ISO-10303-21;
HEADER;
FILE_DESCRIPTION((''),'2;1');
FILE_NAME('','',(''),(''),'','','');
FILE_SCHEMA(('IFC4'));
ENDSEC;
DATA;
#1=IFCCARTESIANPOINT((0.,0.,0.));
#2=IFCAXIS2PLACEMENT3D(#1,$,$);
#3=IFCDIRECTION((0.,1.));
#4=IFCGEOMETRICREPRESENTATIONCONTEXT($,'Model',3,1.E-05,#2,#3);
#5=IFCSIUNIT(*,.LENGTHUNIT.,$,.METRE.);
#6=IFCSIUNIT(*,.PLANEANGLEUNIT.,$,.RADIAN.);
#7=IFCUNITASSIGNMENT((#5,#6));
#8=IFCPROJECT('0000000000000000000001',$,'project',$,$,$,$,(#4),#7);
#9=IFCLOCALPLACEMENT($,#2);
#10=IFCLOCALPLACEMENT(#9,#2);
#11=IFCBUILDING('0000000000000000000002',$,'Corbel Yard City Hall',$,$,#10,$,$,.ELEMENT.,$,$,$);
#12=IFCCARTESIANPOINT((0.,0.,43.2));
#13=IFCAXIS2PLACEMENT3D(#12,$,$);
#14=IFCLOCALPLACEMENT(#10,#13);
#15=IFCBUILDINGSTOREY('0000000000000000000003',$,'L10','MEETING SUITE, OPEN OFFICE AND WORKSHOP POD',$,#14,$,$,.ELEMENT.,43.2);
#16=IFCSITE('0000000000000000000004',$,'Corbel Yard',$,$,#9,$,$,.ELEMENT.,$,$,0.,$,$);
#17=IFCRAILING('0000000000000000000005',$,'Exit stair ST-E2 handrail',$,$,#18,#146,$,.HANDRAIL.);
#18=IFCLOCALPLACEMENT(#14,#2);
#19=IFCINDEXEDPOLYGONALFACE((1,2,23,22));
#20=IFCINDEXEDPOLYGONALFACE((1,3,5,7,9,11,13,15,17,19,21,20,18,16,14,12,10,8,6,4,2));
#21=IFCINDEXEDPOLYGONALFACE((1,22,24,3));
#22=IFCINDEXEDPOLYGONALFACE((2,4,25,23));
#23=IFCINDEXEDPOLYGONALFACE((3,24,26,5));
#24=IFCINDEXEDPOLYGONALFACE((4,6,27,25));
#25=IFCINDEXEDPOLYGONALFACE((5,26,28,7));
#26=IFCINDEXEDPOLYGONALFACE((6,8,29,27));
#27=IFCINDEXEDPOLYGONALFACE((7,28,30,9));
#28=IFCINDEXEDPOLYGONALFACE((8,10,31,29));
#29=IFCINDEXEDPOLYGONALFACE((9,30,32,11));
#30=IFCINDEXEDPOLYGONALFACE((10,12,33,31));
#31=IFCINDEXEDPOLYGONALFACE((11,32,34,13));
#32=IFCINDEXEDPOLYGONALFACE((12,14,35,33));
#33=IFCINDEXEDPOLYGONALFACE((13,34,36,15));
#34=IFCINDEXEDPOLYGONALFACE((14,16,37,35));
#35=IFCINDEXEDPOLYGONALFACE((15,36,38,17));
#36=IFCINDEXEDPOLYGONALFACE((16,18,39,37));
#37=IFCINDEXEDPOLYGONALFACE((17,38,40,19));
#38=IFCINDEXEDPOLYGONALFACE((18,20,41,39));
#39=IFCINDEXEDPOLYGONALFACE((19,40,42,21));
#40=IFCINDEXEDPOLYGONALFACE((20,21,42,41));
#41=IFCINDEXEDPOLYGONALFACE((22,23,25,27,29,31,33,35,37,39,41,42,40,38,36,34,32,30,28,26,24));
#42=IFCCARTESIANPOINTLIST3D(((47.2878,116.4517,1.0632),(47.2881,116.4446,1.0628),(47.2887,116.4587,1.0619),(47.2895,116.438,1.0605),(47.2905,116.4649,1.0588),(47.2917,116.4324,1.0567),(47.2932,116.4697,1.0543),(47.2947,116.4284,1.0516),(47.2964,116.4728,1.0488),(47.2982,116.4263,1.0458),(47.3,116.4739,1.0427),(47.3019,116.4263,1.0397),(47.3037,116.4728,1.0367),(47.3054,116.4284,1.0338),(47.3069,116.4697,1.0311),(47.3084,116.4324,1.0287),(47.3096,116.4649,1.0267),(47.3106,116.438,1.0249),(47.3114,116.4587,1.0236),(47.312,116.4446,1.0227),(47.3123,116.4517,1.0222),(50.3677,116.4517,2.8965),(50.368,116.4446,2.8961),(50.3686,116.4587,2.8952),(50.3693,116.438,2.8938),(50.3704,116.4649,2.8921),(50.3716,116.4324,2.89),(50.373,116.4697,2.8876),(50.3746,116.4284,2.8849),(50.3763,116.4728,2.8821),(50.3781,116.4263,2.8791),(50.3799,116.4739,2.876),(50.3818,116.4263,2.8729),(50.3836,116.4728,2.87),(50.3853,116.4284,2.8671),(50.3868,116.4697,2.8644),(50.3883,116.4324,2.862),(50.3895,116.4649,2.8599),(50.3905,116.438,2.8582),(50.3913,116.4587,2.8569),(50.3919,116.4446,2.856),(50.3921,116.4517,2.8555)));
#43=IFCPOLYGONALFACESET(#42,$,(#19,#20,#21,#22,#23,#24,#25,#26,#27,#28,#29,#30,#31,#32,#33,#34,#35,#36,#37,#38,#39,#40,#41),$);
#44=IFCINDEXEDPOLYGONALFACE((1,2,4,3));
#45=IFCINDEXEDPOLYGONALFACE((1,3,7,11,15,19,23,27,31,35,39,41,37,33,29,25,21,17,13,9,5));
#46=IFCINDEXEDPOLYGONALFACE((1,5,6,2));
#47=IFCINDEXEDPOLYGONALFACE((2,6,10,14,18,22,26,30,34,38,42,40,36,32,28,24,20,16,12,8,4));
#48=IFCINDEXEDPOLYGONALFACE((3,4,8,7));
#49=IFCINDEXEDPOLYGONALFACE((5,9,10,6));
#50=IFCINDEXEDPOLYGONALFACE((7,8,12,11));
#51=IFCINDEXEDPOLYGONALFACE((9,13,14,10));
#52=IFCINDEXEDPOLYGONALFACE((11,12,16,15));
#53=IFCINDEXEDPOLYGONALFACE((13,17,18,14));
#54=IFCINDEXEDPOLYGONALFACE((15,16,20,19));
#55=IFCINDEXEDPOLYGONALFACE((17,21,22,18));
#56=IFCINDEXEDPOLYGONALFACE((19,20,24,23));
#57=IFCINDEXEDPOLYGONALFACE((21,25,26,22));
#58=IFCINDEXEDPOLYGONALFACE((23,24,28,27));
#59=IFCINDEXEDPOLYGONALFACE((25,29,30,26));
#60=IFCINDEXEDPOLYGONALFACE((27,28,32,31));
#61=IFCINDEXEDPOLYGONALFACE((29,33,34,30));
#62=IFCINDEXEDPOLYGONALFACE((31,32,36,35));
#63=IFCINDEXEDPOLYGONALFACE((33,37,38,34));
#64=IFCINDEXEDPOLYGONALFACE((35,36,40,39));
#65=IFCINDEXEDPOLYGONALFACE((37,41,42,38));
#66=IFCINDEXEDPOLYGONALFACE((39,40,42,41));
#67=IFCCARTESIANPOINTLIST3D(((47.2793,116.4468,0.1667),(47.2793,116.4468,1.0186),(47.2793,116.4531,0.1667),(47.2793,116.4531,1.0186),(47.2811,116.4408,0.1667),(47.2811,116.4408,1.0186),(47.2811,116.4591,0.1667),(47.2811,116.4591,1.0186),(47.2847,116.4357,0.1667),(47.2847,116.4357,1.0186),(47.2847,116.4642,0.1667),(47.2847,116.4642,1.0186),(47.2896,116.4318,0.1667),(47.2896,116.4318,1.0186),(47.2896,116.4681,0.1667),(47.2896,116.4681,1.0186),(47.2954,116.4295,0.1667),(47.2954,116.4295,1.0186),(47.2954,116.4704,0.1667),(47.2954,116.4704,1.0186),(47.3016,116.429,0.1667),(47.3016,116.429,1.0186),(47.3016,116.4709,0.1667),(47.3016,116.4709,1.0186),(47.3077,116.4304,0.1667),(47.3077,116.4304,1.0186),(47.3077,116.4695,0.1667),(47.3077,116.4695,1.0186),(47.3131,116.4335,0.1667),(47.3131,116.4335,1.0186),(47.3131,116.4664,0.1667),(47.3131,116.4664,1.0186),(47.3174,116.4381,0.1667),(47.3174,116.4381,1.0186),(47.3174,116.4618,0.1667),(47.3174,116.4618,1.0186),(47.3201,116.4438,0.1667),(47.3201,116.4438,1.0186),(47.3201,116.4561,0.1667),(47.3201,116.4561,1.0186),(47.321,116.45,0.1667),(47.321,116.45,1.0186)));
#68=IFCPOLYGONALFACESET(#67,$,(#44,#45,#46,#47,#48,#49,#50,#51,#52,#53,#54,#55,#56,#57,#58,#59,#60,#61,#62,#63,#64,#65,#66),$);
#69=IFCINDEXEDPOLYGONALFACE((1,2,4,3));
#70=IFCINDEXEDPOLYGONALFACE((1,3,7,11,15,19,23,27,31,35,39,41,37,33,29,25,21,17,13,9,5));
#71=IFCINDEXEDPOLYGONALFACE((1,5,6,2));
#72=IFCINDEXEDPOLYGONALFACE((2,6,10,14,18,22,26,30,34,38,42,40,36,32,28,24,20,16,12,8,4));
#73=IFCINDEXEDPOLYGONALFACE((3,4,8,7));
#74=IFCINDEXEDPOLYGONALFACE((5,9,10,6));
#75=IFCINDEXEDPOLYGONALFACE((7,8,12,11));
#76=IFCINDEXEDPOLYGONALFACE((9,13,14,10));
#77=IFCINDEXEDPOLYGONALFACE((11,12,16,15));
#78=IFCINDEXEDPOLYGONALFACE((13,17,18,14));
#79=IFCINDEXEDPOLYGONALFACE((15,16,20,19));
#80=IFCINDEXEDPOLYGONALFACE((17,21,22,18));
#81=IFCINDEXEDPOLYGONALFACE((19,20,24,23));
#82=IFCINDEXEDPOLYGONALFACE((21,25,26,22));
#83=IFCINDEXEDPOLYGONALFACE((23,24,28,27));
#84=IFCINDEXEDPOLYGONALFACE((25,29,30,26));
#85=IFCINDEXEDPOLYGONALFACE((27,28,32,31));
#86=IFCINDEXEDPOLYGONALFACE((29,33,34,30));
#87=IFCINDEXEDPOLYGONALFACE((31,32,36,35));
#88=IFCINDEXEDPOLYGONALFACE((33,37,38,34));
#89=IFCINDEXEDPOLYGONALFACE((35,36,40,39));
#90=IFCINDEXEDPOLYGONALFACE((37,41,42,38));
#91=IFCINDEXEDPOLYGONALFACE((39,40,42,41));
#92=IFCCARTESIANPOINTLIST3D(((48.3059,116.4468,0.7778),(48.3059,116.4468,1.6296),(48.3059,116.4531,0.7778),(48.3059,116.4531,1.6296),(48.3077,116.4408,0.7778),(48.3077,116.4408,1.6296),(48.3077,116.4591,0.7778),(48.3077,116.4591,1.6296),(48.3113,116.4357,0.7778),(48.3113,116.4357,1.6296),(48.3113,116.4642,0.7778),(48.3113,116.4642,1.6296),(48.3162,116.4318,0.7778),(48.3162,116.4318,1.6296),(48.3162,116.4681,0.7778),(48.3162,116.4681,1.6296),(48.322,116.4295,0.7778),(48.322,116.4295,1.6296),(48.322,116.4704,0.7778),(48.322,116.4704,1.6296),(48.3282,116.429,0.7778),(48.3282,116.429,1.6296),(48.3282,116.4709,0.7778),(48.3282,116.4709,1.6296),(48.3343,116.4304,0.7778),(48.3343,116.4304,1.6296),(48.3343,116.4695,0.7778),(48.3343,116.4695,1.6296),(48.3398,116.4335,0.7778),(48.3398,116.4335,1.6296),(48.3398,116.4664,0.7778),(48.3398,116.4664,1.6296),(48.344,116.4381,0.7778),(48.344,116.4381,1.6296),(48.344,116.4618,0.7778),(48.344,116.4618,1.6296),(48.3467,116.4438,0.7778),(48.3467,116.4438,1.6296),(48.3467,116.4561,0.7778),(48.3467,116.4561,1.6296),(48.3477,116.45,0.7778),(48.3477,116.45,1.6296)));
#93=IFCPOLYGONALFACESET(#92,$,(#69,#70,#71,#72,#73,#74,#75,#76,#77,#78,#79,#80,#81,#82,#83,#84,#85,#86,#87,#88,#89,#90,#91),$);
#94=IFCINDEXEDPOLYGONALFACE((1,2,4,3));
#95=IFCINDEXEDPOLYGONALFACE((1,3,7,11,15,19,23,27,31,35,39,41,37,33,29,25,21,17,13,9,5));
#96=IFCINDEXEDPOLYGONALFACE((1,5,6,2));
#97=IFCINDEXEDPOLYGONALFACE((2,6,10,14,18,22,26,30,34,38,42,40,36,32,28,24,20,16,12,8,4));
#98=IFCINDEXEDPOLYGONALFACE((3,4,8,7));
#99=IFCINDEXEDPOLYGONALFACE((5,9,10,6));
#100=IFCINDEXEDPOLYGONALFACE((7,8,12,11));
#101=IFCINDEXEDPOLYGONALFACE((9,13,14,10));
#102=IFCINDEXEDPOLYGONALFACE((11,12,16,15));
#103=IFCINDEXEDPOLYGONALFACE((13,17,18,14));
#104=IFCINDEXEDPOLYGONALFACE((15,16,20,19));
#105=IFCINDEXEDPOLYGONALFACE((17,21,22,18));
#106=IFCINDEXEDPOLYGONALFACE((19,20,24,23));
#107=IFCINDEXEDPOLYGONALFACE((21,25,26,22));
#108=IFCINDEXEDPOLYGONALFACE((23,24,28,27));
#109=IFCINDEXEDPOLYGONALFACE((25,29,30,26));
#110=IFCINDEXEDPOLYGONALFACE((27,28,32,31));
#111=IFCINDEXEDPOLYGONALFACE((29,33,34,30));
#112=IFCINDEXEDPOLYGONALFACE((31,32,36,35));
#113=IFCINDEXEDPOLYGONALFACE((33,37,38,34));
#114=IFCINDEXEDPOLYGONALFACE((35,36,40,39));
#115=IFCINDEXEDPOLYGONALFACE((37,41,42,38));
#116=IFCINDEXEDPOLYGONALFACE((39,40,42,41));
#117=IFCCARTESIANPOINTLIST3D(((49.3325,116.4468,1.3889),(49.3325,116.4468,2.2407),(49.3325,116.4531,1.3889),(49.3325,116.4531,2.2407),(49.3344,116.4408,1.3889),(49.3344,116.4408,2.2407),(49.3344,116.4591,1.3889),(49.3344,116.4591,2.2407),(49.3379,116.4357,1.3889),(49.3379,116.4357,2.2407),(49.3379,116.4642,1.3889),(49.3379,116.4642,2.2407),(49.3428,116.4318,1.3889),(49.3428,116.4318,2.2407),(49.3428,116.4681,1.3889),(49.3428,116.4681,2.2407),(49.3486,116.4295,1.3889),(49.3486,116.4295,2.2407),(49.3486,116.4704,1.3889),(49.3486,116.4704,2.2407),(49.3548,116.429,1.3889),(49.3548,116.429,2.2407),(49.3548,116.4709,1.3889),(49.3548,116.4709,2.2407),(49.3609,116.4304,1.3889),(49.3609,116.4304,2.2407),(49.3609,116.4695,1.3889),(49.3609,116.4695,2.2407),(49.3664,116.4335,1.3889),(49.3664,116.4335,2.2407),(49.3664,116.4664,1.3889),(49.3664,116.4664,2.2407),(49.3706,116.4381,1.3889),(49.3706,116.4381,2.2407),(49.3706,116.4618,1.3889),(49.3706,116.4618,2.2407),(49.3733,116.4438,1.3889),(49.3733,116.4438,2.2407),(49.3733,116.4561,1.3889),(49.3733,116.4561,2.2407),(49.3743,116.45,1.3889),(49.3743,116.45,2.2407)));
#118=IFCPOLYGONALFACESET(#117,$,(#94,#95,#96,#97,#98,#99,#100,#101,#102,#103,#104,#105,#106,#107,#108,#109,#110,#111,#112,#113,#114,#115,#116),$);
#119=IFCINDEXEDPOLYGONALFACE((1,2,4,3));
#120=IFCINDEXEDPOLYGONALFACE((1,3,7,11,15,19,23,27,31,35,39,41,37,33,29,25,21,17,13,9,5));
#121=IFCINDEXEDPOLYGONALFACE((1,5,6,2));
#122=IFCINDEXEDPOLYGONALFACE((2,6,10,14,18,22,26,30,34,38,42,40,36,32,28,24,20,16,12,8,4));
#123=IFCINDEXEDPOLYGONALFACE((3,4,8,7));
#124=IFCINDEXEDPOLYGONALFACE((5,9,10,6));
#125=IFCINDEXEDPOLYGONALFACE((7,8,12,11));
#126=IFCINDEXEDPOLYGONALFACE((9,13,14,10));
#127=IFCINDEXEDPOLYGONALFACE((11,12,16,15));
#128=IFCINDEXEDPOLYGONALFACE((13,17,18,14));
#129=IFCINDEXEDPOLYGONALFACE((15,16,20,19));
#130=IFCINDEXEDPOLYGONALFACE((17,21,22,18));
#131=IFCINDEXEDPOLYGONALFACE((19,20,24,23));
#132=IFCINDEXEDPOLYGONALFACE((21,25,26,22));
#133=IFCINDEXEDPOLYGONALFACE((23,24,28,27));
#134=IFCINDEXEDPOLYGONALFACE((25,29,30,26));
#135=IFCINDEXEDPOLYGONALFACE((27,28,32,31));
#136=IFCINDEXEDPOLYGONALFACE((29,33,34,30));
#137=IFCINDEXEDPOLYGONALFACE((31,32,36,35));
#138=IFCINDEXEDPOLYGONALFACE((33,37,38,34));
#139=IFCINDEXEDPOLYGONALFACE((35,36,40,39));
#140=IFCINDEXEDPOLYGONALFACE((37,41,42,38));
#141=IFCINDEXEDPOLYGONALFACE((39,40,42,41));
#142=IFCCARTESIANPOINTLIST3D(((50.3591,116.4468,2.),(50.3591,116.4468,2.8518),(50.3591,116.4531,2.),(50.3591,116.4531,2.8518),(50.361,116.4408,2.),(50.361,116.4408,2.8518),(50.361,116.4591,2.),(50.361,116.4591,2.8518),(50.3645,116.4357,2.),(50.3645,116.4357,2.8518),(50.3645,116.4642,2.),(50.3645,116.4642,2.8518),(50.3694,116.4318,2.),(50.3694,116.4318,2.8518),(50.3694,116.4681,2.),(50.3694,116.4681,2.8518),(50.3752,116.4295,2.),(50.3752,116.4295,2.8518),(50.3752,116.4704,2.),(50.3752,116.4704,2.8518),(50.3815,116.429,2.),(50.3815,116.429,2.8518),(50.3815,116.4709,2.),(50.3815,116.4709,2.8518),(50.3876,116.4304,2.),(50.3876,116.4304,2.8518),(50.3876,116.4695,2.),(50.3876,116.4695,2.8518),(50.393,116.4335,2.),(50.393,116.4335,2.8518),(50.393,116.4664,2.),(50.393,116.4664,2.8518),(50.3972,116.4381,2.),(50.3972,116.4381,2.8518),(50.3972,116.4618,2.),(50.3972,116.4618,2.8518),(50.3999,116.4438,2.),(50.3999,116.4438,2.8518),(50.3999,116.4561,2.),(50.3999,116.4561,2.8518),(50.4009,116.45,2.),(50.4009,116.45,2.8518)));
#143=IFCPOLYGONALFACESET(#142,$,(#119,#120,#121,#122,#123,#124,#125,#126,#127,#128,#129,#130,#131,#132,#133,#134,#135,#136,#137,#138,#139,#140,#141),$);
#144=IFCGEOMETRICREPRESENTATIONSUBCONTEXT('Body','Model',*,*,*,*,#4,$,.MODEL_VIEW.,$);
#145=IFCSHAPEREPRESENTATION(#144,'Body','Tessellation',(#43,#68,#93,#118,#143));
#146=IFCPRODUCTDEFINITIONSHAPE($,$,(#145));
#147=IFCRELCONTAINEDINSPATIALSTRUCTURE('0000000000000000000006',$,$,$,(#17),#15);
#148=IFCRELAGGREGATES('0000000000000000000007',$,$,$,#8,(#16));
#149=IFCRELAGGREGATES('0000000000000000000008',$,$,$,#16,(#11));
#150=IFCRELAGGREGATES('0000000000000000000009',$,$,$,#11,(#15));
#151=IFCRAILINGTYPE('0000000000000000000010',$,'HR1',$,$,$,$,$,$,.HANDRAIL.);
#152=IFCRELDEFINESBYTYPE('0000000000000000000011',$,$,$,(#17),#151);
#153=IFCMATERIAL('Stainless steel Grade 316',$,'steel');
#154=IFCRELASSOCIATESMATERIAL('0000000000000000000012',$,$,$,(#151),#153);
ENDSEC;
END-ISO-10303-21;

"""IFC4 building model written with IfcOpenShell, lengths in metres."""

from ifc_helpers import new_model, si_unit, direction, frame, origin, origin_2d, place, context, subcontext, project, spatial, circle, extrude, material, type_object, element, save


model = new_model("IFC4")

# Units and contexts
model_context = context("Model", 3, precision=1e-05, world=origin(), true_north=direction((0.0, 1.0)))
body_context = subcontext(model_context, "Body", "Model", "MODEL_VIEW")
ifc_project = project(units=[si_unit("LENGTHUNIT", "METRE"), si_unit("PLANEANGLEUNIT", "RADIAN")], contexts=[model_context])

# Site, building, storey
site_placement = place(None, origin())
site = spatial("IfcSite", under=ifc_project, at=site_placement, Name="Corbel Yard", CompositionType="ELEMENT", RefElevation=0.0)
building_placement = place(site_placement, origin())
building = spatial("IfcBuilding", under=site, at=building_placement, Name="Corbel Yard City Hall", CompositionType="ELEMENT")
storey_placement = place(building_placement, frame((0.0, 0.0, 43.2)))
storey = spatial("IfcBuildingStorey", under=building, at=storey_placement, Name="L10", Description="MEETING SUITE, OPEN OFFICE AND WORKSHOP POD", CompositionType="ELEMENT", Elevation=43.2)

# Railing
ifc_material_1 = material(Name="Stainless steel Grade 316", Category="steel")
railing_type = type_object("IfcRailingType", Name="HR1", PredefinedType="HANDRAIL", material=ifc_material_1)
for number, where, name in (
    (1, (47.3, 116.45, 0.1667), "Exit stair ST-E2 handrail"),
):
    element("IfcRailing", number, at=place(storey_placement, frame(where)), inside=storey, type_object=railing_type, Name=name, PredefinedType="HANDRAIL", context=body_context, shape_type="SweptSolid", body=[
        extrude(circle(Radius=0.0239, at=origin_2d()), frame((0.0, 0.0, 0.876), z_axis=(0.859291, 0.0, 0.511487), x_axis=(0.0, 1.0, 0.0)), (0.0, 0.0, 1.0), 3.5842),
        extrude(circle(Radius=0.021, at=origin_2d()), origin(), (0.0, 0.0, 1.0), 0.8518),
        extrude(circle(Radius=0.021, at=origin_2d()), frame((1.0266, 0.0, 0.6111)), (0.0, 0.0, 1.0), 0.8518),
        extrude(circle(Radius=0.021, at=origin_2d()), frame((2.0532, 0.0, 1.2222)), (0.0, 0.0, 1.0), 0.8518),
        extrude(circle(Radius=0.021, at=origin_2d()), frame((3.0798, 0.0, 1.8333)), (0.0, 0.0, 1.0), 0.8518),
    ])

save(model, "model.ifc")
